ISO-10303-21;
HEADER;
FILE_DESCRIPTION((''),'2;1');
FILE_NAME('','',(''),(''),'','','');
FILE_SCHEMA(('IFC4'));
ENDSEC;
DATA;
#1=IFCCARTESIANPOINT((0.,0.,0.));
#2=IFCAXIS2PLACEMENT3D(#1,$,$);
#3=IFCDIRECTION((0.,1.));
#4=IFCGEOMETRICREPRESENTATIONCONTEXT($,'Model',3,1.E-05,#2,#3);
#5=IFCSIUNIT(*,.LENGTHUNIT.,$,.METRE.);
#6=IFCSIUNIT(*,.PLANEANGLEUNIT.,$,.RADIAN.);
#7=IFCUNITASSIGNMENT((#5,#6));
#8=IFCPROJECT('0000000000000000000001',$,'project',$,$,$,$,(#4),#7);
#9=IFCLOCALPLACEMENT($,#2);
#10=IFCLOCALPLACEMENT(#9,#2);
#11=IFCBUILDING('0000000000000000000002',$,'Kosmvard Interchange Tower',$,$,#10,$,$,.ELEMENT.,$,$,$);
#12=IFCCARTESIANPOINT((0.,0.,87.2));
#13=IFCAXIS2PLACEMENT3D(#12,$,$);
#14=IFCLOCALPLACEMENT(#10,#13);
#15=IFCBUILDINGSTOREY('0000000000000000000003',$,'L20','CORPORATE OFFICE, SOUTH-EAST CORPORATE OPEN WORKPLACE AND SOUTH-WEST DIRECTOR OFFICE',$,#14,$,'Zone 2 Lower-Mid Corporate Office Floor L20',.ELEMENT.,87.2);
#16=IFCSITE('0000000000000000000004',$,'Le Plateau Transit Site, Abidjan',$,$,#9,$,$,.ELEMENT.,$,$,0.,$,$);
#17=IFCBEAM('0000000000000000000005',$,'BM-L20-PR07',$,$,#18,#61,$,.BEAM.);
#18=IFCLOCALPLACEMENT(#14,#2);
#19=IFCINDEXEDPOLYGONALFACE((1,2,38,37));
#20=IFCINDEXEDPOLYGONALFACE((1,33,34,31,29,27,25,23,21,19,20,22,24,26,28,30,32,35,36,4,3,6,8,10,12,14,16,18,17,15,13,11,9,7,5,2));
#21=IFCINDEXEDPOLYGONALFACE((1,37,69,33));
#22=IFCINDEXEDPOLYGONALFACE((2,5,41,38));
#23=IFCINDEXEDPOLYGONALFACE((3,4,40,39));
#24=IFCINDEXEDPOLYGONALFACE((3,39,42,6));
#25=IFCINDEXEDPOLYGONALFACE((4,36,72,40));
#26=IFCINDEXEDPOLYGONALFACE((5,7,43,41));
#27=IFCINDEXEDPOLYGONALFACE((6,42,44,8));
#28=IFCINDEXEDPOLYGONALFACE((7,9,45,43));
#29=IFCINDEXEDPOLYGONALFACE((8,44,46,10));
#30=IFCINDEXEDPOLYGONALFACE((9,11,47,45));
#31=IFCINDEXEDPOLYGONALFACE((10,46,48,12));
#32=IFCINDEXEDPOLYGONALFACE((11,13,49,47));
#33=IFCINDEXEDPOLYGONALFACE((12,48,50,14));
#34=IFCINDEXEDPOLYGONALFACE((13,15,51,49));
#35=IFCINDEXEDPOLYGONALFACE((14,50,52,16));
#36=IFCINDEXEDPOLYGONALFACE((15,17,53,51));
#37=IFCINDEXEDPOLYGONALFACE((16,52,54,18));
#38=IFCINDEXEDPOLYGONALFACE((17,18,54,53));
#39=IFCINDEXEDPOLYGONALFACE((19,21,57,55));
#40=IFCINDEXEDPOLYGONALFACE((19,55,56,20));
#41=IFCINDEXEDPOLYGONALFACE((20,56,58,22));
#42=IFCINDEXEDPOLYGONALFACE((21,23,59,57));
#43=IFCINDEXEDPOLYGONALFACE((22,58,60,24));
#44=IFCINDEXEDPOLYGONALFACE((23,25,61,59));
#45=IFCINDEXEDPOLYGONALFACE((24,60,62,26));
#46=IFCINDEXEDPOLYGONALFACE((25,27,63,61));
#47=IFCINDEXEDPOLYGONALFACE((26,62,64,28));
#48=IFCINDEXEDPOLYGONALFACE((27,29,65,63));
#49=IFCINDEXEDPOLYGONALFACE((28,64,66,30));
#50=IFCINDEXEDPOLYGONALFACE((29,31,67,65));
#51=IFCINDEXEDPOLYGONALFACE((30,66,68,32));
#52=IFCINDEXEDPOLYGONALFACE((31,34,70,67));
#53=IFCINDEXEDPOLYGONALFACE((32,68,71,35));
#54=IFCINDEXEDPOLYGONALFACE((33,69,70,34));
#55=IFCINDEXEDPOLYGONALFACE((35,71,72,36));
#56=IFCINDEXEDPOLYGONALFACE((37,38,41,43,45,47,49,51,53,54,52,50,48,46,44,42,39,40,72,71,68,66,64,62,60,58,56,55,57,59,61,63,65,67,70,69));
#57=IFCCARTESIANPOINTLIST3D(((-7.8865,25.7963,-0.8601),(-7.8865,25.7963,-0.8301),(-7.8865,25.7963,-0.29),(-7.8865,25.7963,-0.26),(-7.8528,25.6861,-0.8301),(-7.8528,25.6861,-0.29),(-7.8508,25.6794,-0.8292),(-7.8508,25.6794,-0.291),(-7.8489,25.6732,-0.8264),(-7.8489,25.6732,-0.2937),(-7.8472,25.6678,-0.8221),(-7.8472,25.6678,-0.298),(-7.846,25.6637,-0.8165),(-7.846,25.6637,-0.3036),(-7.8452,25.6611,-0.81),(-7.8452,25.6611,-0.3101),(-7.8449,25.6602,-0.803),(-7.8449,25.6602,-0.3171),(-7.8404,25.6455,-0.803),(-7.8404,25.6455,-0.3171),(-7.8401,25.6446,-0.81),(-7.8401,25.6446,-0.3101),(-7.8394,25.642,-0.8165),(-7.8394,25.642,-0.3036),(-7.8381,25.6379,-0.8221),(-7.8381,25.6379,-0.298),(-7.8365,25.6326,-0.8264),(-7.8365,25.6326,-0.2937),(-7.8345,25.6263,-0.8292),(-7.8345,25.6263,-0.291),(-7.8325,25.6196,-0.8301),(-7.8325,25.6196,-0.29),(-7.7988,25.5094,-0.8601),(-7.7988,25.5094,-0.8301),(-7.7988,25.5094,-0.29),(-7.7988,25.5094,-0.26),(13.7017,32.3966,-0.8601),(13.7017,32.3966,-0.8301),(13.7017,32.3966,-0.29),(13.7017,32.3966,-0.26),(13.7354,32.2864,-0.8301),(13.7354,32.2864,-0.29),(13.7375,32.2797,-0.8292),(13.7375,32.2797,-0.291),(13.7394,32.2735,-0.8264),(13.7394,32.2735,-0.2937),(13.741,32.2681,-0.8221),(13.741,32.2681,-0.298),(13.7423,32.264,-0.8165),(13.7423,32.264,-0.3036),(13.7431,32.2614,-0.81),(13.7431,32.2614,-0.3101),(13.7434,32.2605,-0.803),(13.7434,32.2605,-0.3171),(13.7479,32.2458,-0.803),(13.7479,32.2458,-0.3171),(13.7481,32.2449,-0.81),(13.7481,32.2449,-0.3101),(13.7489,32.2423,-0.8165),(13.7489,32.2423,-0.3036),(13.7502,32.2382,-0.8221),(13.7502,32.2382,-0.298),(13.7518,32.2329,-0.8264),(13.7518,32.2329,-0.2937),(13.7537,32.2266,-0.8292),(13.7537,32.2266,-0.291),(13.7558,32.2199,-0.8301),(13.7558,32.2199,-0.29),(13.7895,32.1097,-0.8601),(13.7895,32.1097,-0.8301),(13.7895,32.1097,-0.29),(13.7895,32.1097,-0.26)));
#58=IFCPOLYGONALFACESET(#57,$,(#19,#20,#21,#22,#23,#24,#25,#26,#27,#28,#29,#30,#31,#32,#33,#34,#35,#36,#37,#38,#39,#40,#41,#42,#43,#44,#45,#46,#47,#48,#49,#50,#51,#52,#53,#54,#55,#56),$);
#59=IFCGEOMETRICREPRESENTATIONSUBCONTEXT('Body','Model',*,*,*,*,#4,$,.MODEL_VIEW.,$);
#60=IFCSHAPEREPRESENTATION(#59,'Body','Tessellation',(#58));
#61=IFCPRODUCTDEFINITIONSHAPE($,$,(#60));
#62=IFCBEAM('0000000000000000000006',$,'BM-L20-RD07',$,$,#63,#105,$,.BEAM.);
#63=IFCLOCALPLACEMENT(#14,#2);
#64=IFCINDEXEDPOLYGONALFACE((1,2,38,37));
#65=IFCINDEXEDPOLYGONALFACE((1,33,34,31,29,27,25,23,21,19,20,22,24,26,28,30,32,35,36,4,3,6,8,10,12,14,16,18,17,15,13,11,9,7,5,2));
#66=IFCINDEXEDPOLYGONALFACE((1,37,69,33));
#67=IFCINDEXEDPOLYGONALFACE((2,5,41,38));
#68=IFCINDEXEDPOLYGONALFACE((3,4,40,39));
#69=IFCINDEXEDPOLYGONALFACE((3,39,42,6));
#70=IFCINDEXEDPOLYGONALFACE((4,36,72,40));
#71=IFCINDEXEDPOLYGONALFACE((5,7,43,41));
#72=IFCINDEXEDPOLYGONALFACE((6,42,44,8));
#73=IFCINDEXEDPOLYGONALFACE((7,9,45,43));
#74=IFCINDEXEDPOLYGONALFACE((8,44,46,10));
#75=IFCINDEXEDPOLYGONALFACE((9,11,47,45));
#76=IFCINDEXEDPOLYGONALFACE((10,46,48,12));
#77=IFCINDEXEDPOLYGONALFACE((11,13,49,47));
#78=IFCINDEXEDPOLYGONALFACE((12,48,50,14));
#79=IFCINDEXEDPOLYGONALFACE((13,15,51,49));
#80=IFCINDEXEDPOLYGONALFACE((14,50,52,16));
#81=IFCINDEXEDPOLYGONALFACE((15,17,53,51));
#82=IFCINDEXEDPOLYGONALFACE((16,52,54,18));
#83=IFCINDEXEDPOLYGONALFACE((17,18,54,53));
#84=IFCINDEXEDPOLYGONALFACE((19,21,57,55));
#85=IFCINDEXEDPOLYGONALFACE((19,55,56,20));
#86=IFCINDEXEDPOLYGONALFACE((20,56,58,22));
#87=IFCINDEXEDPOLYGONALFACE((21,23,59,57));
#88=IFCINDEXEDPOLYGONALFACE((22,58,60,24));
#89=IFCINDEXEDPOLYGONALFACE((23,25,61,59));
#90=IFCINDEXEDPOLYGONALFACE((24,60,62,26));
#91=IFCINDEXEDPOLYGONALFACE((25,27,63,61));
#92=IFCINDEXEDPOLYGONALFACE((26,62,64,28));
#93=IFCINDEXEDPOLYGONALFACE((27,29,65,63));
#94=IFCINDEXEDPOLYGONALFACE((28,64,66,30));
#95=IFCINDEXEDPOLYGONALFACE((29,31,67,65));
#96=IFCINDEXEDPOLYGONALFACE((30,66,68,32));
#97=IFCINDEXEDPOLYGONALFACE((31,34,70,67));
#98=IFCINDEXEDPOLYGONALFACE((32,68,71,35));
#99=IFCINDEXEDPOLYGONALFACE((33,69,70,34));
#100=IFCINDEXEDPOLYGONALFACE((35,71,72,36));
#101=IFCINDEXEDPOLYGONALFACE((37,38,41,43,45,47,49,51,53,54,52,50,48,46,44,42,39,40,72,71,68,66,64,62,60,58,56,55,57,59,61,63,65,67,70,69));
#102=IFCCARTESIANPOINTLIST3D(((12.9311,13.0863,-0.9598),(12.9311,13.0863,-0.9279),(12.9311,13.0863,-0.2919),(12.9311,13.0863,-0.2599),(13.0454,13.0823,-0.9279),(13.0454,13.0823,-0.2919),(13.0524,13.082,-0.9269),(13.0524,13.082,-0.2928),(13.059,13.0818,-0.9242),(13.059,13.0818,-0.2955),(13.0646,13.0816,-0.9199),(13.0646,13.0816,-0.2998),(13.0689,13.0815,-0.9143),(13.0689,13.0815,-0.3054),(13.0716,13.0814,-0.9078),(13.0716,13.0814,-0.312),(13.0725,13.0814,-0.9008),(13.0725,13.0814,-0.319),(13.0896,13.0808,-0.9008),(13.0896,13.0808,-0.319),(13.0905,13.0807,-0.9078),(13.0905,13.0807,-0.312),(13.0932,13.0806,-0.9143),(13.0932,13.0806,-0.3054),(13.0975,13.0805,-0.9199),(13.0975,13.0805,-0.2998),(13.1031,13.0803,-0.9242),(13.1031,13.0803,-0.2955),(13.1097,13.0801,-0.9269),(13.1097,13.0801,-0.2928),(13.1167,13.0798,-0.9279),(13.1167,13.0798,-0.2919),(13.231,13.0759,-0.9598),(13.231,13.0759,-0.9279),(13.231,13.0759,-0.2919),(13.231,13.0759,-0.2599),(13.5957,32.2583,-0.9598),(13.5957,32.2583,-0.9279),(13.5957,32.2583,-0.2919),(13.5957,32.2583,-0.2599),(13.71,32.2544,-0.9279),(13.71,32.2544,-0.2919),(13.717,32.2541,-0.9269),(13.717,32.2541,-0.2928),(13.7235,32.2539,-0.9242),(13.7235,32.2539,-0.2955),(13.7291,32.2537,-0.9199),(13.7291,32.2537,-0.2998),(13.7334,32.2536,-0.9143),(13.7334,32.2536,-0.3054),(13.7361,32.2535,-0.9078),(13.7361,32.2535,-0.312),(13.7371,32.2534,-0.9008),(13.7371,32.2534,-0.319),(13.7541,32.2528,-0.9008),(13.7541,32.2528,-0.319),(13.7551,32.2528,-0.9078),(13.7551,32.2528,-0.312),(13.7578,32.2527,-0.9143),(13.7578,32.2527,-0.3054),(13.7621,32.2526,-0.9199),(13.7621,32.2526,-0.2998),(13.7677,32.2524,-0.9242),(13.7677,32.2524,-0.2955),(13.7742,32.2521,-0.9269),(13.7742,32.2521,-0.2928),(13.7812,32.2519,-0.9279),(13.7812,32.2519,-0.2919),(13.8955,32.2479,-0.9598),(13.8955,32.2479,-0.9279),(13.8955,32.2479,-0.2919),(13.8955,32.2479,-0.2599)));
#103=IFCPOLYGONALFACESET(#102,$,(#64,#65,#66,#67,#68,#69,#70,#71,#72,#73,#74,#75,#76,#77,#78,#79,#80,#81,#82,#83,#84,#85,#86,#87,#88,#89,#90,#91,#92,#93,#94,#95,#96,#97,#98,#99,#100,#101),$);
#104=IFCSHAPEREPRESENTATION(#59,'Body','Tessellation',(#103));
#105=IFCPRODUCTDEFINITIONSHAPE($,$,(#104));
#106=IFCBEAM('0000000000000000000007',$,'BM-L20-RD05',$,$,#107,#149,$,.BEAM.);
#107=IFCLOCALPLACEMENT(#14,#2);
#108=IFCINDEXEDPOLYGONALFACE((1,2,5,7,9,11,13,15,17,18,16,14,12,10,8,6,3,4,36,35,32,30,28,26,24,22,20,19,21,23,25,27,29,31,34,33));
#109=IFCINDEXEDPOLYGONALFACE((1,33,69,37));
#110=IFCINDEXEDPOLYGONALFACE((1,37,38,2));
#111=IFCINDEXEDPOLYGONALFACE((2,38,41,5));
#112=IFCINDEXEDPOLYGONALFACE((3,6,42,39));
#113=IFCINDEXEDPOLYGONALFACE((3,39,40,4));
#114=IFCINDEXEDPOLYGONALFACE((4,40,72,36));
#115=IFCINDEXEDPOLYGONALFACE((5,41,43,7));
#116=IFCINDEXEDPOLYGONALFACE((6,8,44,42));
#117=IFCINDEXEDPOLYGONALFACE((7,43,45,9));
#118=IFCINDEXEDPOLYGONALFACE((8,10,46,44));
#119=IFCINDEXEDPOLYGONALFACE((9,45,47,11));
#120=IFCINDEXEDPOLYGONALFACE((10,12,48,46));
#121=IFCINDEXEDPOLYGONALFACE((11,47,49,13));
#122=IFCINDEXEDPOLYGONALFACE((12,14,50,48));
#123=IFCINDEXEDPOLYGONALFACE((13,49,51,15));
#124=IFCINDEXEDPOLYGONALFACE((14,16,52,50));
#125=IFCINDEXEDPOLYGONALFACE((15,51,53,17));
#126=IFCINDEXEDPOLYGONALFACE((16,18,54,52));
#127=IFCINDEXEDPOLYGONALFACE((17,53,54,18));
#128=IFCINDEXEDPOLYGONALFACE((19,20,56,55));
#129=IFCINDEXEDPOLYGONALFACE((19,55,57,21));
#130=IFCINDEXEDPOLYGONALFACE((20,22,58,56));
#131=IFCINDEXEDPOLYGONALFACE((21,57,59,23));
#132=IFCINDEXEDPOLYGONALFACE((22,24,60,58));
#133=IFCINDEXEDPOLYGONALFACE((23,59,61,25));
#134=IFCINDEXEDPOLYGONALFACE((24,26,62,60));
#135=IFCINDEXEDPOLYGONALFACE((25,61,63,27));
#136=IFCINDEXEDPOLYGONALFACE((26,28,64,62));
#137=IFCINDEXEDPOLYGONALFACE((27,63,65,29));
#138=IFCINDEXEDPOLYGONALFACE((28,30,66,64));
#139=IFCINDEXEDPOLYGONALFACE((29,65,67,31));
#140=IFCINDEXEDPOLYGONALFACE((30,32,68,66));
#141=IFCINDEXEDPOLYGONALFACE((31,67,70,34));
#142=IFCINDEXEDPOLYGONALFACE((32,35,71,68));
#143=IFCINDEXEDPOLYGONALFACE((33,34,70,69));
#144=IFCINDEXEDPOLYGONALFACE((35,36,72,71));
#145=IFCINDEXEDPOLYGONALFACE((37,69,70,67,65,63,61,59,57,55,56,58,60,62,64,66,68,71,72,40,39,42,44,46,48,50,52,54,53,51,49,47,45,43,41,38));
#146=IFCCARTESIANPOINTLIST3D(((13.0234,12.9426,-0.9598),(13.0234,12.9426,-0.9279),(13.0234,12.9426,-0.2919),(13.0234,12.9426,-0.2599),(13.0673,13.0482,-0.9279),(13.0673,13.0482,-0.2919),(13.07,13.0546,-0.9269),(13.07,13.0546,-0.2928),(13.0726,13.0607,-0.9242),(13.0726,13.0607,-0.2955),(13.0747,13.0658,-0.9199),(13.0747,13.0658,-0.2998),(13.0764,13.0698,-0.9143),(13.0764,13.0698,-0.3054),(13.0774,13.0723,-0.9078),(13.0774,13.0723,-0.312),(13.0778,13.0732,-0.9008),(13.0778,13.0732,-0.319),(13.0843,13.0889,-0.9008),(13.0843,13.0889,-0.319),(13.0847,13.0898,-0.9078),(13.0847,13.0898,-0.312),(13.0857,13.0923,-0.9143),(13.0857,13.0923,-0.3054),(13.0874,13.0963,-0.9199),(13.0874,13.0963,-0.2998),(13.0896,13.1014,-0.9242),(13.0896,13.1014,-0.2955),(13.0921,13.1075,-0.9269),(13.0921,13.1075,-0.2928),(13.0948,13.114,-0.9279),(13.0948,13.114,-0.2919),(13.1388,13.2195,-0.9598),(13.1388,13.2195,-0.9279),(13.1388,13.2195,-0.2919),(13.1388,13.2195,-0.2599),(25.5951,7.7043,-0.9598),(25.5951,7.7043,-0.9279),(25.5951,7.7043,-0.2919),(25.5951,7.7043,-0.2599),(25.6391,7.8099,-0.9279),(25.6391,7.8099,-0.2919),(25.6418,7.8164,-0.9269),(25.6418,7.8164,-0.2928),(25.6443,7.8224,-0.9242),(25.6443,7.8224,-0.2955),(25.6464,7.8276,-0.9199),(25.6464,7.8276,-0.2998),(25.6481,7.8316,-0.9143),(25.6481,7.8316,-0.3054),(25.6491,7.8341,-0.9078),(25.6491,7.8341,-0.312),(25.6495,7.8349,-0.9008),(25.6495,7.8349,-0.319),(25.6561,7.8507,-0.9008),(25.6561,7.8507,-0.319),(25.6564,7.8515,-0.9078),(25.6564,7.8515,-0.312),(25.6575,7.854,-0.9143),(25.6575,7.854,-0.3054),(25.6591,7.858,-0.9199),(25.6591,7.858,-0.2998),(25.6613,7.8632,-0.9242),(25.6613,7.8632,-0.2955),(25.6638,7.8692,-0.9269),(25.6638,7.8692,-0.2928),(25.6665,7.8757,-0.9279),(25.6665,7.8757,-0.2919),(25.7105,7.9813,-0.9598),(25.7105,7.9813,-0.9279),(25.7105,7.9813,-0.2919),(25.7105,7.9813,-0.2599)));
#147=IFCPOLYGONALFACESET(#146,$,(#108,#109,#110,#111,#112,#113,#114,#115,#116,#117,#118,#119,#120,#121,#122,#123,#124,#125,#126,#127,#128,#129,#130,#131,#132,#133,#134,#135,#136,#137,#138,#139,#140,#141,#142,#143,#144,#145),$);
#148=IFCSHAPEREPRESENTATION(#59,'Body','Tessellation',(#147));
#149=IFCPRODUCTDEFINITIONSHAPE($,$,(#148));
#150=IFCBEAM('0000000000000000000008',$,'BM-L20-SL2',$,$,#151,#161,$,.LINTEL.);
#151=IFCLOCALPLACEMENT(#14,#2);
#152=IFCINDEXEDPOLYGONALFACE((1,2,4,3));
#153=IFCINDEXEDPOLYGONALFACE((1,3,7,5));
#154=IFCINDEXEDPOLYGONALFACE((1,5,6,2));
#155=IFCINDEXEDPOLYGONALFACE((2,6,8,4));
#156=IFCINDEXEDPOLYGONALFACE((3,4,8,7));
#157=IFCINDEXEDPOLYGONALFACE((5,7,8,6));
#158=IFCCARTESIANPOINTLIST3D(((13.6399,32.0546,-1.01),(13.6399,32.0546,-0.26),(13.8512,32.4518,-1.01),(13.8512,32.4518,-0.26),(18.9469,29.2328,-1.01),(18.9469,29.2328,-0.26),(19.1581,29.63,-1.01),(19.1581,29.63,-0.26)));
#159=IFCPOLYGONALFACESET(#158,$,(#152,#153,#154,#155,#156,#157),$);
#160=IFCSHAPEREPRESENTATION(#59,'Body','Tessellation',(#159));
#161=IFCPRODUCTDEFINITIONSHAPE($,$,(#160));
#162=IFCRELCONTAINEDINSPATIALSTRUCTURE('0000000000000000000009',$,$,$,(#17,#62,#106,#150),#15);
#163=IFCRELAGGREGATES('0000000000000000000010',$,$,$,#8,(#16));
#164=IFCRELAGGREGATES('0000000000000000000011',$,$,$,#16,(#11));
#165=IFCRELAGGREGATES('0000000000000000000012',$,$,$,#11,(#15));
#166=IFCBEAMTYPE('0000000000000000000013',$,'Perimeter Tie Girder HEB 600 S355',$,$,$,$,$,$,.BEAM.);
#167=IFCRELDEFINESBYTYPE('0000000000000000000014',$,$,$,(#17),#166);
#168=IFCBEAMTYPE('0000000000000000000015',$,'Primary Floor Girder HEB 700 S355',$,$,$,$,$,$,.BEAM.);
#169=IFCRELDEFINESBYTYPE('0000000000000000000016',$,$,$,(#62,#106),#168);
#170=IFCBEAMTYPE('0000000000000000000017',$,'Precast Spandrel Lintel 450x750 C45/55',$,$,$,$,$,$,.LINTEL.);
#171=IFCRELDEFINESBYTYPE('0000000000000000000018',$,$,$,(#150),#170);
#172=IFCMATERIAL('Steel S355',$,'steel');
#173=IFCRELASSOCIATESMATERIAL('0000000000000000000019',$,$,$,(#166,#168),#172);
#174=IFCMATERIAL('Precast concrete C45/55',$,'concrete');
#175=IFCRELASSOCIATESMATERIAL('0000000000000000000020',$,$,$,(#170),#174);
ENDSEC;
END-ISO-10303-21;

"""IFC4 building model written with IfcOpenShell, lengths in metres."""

from ifc_helpers import new_model, si_unit, direction, frame, origin, origin_2d, place, context, subcontext, project, spatial, rectangle, i_section, extrude, source, transform, mapped, material, material_profile, profile_set, type_object, element, save


model = new_model("IFC4")

# Units and contexts
model_context = context("Model", 3, precision=1e-05, world=origin(), true_north=direction((0.0, 1.0)))
body_context = subcontext(model_context, "Body", "Model", "MODEL_VIEW")
ifc_project = project(units=[si_unit("LENGTHUNIT", "METRE"), si_unit("PLANEANGLEUNIT", "RADIAN")], contexts=[model_context])

# Site, building, storey
site_placement = place(None, origin())
site = spatial("IfcSite", under=ifc_project, at=site_placement, Name="Le Plateau Transit Site, Abidjan", CompositionType="ELEMENT", RefElevation=0.0)
building_placement = place(site_placement, origin())
building = spatial("IfcBuilding", under=site, at=building_placement, Name="Kosmvard Interchange Tower", CompositionType="ELEMENT")
storey_placement = place(building_placement, frame((0.0, 0.0, 87.2)))
storey = spatial("IfcBuildingStorey", under=building, at=storey_placement, Name="L20", Description="CORPORATE OFFICE, SOUTH-EAST CORPORATE OPEN WORKPLACE AND SOUTH-WEST DIRECTOR OFFICE", LongName="Zone 2 Lower-Mid Corporate Office Floor L20", CompositionType="ELEMENT", Elevation=87.2)

# Beams
ifc_material_1 = material(Name="Steel S355", Category="steel")
ifc_material_profile_1 = material_profile(ifc_material_1, i_section(OverallWidth=0.3, OverallDepth=0.6001, WebThickness=0.0154, FlangeThickness=0.03, FilletRadius=0.0271, at=origin_2d()), Name="HEB 600")
ifc_profile_set_1 = profile_set([ifc_material_profile_1], Name="Steel S355")
beam_type_1 = type_object("IfcBeamType", Name="Perimeter Tie Girder HEB 600 S355", PredefinedType="BEAM", material=ifc_profile_set_1)
shared_shape_1 = source(origin(), body_context, "Body", "SweptSolid", [
    extrude(i_section(OverallWidth=0.3, OverallDepth=0.6001, WebThickness=0.0154, FlangeThickness=0.03, FilletRadius=0.0271, at=origin_2d()), origin(), (0.0, 0.0, 1.0), 22.5747),
])
beam_1_placement = place(storey_placement, frame((13.7456, 32.2532, -0.5601), z_axis=(-0.956303, -0.292376, 0.0), x_axis=(0.292376, -0.956303, 0.0)))
element("IfcBeam", 1, at=beam_1_placement, inside=storey, type_object=beam_type_1, Name="BM-L20-PR07", PredefinedType="BEAM", context=body_context, shape_type="MappedRepresentation", body=[
    mapped(shared_shape_1, transform((0.0, 0.0, 0.0), scale=1.0)),
])
ifc_material_profile_2 = material_profile(ifc_material_1, i_section(OverallWidth=0.3, OverallDepth=0.7, WebThickness=0.0171, FlangeThickness=0.032, FilletRadius=0.0271, at=origin_2d()), Name="HEB 700")
ifc_profile_set_2 = profile_set([ifc_material_profile_2], Name="Steel S355")
beam_type_2 = type_object("IfcBeamType", Name="Primary Floor Girder HEB 700 S355", PredefinedType="BEAM", material=ifc_profile_set_2)
shared_shape_2 = source(origin(), body_context, "Body", "SweptSolid", [
    extrude(i_section(OverallWidth=0.3, OverallDepth=0.7, WebThickness=0.0171, FlangeThickness=0.032, FilletRadius=0.0271, at=origin_2d()), origin(), (0.0, 0.0, 1.0), 19.1836),
])
beam_2_placement = place(storey_placement, frame((13.0811, 13.0811, -0.6099), z_axis=(0.034642, 0.9994, 0.0), x_axis=(-0.9994, 0.034642, 0.0)))
element("IfcBeam", 2, at=beam_2_placement, inside=storey, type_object=beam_type_2, Name="BM-L20-RD07", PredefinedType="BEAM", context=body_context, shape_type="MappedRepresentation", body=[
    mapped(shared_shape_2, transform((0.0, 0.0, 0.0), scale=1.0)),
])
shared_shape_3 = source(origin(), body_context, "Body", "SweptSolid", [
    extrude(i_section(OverallWidth=0.3, OverallDepth=0.7, WebThickness=0.0171, FlangeThickness=0.032, FilletRadius=0.0271, at=origin_2d()), origin(), (0.0, 0.0, 1.0), 13.6194),
])
beam_3_placement = place(storey_placement, frame((13.0811, 13.0811, -0.6099), z_axis=(0.923076, -0.384618, 0.0), x_axis=(0.384618, 0.923076, 0.0)))
element("IfcBeam", 3, at=beam_3_placement, inside=storey, type_object=beam_type_2, Name="BM-L20-RD05", PredefinedType="BEAM", context=body_context, shape_type="MappedRepresentation", body=[
    mapped(shared_shape_3, transform((0.0, 0.0, 0.0), scale=1.0)),
])
ifc_material_2 = material(Name="Precast concrete C45/55", Category="concrete")
ifc_material_profile_3 = material_profile(ifc_material_2, rectangle(XDim=0.45, YDim=0.75, at=origin_2d()), Name="SL 450x750")
ifc_profile_set_3 = profile_set([ifc_material_profile_3], Name="Precast concrete C45/55")
beam_type_3 = type_object("IfcBeamType", Name="Precast Spandrel Lintel 450x750 C45/55", PredefinedType="LINTEL", material=ifc_profile_set_3)
shared_shape_4 = source(origin(), body_context, "Body", "SweptSolid", [
    extrude(rectangle(XDim=0.45, YDim=0.75, at=origin_2d()), origin(), (0.0, 0.0, 1.0), 6.0105),
])
beam_4_placement = place(storey_placement, frame((19.0525, 29.4314, -0.635), z_axis=(-0.882944, 0.469479, 0.0), x_axis=(-0.469479, -0.882944, 0.0)))
element("IfcBeam", 4, at=beam_4_placement, inside=storey, type_object=beam_type_3, Name="BM-L20-SL2", PredefinedType="LINTEL", context=body_context, shape_type="MappedRepresentation", body=[
    mapped(shared_shape_4, transform((0.0, 0.0, 0.0), scale=1.0)),
])

save(model, "model.ifc")
